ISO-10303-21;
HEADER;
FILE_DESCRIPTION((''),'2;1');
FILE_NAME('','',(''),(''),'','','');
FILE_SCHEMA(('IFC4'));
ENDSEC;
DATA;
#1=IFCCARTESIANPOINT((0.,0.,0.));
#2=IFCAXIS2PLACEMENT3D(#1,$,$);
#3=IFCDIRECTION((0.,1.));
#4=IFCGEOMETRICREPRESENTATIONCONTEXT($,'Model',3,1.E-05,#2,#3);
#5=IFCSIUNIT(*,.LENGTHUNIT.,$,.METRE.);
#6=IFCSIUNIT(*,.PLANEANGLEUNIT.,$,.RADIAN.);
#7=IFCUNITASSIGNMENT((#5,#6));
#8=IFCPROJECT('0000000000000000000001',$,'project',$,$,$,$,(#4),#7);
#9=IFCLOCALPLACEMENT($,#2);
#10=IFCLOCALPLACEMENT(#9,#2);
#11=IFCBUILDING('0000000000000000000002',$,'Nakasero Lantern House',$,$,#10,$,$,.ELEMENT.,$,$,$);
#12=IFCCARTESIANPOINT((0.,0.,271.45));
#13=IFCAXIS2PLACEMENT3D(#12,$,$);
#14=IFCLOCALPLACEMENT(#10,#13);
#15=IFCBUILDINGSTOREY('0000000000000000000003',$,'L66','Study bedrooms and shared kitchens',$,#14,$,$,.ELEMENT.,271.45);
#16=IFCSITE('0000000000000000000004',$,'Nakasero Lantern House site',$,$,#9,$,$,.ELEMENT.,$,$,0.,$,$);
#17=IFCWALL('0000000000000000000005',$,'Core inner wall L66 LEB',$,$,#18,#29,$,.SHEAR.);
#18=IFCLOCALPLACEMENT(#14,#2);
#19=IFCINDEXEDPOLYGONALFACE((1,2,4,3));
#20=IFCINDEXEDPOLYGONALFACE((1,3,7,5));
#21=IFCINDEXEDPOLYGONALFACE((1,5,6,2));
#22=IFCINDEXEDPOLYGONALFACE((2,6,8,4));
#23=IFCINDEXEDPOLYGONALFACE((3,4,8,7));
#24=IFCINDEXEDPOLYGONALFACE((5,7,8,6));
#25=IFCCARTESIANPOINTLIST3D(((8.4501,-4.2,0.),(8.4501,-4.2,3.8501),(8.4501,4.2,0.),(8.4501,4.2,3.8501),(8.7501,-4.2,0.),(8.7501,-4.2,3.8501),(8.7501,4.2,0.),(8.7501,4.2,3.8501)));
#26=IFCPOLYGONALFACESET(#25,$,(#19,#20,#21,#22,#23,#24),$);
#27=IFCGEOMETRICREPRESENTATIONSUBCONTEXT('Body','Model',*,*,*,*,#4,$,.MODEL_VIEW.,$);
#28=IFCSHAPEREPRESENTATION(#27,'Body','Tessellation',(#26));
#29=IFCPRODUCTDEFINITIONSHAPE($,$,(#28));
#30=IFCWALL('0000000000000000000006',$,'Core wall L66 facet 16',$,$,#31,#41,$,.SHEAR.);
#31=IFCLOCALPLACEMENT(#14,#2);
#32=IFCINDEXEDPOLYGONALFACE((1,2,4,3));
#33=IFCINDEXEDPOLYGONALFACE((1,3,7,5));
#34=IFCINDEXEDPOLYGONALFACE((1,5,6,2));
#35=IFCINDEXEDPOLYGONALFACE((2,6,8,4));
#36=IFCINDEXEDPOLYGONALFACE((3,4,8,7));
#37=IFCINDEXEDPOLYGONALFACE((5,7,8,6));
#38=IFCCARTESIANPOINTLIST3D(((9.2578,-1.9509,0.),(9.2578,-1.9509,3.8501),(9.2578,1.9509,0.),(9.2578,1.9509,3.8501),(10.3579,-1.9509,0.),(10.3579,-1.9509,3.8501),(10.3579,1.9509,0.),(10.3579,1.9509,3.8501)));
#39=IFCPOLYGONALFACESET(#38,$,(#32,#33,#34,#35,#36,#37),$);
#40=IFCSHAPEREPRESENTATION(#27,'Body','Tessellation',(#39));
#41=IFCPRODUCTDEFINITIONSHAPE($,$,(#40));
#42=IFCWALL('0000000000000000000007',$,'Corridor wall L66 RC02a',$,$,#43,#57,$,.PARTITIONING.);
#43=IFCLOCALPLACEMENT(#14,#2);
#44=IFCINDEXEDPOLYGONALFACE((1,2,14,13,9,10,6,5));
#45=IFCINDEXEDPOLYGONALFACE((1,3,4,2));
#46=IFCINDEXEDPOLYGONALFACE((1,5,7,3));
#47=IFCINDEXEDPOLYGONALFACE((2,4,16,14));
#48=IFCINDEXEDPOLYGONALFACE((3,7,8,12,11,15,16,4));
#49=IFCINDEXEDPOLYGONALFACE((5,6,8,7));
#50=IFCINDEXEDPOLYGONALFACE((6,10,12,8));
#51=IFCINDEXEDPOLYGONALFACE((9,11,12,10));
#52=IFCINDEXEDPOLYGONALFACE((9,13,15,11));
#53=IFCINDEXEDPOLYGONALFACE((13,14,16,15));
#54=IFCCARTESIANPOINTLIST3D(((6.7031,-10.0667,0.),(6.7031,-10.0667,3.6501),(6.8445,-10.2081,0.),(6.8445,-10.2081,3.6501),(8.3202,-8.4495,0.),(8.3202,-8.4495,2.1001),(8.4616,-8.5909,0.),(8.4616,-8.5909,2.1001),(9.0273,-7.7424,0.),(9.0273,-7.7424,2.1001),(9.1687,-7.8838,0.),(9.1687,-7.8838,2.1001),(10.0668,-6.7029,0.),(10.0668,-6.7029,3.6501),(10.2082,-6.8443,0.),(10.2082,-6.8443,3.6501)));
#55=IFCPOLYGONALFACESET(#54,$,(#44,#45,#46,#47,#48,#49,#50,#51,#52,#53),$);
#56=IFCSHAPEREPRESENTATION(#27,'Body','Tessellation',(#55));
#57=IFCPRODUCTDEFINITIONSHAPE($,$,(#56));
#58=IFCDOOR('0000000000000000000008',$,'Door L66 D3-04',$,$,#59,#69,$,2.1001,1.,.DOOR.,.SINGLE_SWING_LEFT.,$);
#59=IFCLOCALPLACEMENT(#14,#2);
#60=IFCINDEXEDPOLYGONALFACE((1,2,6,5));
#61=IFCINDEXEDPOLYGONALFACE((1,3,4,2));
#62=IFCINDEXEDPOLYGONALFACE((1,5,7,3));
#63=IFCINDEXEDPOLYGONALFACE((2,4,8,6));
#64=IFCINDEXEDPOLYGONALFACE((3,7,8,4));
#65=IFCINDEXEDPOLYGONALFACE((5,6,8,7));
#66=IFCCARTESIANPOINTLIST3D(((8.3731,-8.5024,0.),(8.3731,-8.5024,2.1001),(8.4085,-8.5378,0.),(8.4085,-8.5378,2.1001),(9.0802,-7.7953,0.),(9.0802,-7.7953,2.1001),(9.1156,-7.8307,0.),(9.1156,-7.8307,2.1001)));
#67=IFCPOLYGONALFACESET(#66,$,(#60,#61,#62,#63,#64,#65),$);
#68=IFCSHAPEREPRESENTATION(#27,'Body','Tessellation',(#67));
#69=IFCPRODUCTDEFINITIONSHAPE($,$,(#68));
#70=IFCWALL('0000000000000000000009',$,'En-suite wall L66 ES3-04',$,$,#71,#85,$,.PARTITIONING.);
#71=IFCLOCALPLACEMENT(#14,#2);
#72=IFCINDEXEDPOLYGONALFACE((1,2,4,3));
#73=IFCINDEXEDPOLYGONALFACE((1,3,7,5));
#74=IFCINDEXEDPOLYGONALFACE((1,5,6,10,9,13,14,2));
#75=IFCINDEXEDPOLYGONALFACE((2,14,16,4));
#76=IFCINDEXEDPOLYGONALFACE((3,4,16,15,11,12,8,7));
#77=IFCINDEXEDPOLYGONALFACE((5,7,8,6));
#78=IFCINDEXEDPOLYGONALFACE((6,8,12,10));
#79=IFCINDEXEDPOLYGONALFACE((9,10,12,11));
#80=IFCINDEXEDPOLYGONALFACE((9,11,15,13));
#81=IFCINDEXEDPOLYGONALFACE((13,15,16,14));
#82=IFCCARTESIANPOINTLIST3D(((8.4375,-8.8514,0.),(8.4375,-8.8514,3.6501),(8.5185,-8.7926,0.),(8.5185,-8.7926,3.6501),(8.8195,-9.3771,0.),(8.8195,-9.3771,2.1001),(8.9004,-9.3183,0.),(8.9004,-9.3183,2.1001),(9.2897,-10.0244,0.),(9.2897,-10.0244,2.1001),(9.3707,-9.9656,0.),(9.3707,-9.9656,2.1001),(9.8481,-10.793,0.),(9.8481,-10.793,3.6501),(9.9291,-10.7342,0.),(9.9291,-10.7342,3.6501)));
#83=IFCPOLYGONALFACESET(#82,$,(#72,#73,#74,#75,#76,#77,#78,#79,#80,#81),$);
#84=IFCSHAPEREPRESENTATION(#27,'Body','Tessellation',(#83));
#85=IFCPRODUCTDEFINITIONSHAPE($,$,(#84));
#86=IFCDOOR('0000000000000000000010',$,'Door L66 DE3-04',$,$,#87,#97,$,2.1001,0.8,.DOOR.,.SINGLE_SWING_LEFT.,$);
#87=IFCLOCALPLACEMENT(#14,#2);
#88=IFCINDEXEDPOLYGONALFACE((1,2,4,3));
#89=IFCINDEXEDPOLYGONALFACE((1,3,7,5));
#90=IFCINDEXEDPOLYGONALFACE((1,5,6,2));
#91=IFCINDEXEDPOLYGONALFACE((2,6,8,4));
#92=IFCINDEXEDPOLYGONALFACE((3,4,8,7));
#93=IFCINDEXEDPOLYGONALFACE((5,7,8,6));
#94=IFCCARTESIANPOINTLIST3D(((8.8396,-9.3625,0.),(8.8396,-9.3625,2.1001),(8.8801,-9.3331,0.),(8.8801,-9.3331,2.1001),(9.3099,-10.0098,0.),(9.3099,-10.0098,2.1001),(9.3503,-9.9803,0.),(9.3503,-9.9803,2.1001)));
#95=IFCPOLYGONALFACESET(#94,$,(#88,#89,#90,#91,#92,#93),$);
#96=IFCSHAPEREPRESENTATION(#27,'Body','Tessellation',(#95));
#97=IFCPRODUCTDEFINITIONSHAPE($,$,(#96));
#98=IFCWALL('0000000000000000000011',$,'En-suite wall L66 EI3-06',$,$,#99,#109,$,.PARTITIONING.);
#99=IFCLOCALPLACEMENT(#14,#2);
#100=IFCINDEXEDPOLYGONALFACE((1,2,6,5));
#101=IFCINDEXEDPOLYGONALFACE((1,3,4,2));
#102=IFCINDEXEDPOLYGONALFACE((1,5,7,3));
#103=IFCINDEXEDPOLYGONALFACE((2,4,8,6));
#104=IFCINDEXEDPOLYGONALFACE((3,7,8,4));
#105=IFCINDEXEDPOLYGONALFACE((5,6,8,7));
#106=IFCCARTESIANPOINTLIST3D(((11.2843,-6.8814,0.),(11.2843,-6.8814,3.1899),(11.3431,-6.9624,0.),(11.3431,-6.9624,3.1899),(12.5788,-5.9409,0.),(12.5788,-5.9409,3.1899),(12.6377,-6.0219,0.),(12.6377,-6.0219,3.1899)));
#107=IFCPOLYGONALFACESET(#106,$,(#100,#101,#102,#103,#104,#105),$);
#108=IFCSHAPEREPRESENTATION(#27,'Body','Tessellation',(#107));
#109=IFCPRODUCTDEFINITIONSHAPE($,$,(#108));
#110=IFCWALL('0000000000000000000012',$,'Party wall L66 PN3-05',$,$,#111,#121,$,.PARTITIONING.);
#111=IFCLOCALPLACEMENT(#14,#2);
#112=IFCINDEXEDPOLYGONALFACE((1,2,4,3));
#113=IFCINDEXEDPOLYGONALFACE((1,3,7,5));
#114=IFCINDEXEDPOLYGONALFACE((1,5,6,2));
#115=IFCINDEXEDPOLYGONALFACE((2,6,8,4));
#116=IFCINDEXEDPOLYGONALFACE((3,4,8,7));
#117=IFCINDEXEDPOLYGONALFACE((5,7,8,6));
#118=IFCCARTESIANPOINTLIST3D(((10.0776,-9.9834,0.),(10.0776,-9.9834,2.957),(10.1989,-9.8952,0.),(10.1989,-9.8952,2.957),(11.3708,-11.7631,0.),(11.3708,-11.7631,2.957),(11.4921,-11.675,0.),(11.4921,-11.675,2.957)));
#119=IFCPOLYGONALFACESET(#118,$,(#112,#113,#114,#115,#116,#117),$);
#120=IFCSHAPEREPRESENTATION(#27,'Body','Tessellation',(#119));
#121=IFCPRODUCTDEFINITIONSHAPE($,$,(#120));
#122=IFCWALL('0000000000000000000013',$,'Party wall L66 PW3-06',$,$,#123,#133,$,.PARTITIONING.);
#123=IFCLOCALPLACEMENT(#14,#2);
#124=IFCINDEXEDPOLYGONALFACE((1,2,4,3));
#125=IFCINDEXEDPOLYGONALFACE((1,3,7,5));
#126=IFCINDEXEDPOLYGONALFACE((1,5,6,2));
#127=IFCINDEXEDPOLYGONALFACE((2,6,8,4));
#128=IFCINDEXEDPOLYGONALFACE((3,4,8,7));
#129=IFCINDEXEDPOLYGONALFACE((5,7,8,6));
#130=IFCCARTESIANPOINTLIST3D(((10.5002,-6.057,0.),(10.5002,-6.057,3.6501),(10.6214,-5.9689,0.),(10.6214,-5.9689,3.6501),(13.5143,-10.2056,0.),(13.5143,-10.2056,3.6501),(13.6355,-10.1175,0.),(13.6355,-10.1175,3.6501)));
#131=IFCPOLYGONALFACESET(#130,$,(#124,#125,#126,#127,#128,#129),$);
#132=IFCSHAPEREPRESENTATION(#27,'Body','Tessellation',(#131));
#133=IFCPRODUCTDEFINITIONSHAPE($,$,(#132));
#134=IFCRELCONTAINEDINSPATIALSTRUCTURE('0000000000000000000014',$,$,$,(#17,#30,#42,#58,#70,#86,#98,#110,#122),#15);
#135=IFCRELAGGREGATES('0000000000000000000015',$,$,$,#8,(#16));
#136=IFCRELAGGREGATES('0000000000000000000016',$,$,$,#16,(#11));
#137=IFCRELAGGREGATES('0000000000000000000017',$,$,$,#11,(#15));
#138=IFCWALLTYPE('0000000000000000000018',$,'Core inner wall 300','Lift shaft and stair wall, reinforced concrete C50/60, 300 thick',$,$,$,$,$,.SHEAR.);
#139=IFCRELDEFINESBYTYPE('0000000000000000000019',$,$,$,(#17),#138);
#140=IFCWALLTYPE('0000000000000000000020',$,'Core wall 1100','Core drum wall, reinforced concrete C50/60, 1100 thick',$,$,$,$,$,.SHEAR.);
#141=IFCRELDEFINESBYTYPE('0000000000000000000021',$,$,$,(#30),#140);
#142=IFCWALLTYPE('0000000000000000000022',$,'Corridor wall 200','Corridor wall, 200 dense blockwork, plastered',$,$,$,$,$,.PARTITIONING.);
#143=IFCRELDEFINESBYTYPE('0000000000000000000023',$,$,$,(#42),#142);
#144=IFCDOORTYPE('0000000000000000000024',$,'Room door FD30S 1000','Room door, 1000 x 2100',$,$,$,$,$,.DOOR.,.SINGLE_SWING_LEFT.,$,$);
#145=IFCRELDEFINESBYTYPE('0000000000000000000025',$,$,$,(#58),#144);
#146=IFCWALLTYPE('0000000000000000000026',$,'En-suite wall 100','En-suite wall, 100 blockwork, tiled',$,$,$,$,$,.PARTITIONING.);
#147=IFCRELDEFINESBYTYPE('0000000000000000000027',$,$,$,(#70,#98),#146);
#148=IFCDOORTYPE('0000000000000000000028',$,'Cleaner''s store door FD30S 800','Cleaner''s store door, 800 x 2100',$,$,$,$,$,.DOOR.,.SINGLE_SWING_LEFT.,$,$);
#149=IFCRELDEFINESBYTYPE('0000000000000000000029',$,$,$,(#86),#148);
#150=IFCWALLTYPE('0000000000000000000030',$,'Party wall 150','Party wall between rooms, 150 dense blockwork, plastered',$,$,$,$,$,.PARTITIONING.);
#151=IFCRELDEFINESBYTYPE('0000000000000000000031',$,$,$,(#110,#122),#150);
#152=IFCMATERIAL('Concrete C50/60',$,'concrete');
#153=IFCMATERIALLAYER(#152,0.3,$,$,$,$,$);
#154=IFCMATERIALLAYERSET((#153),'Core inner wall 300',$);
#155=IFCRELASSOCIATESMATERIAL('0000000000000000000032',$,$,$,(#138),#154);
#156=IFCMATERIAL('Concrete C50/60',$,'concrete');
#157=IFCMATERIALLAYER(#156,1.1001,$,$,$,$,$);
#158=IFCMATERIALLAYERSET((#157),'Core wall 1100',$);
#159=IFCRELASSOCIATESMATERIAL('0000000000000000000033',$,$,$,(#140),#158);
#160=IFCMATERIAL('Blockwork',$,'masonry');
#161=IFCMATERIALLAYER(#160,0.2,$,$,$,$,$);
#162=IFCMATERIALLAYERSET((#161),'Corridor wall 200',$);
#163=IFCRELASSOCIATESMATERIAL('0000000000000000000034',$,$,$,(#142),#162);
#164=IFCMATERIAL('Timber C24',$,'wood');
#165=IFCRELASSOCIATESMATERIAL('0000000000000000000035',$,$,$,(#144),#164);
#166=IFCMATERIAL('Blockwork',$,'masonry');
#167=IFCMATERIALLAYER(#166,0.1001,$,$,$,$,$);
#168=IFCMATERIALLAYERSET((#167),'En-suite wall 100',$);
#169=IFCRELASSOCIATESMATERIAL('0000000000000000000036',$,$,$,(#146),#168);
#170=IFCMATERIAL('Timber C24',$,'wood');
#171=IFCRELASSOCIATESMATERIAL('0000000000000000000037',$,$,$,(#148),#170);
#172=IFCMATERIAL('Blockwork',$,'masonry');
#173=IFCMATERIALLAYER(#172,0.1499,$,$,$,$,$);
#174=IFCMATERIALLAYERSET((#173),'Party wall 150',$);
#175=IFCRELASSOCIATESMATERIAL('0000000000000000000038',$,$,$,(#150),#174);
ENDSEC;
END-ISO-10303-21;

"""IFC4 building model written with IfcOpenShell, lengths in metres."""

from ifc_helpers import new_model, si_unit, direction, frame, frame_2d, origin, place, context, subcontext, project, spatial, rectangle, extrude, material, layer, layer_set, type_object, element, fill, save


model = new_model("IFC4")

# Units and contexts
model_context = context("Model", 3, precision=1e-05, world=origin(), true_north=direction((0.0, 1.0)))
body_context = subcontext(model_context, "Body", "Model", "MODEL_VIEW")
ifc_project = project(units=[si_unit("LENGTHUNIT", "METRE"), si_unit("PLANEANGLEUNIT", "RADIAN")], contexts=[model_context])

# Site, building, storey
site_placement = place(None, origin())
site = spatial("IfcSite", under=ifc_project, at=site_placement, Name="Nakasero Lantern House site", CompositionType="ELEMENT", RefElevation=0.0)
building_placement = place(site_placement, origin())
building = spatial("IfcBuilding", under=site, at=building_placement, Name="Nakasero Lantern House", CompositionType="ELEMENT")
storey_placement = place(building_placement, frame((0.0, 0.0, 271.45)))
storey = spatial("IfcBuildingStorey", under=building, at=storey_placement, Name="L66", Description="Study bedrooms and shared kitchens", CompositionType="ELEMENT", Elevation=271.45)

# Walls
ifc_material_1 = material(Name="Concrete C50/60", Category="concrete")
ifc_layer_1 = layer(ifc_material_1, 0.3)
ifc_layer_set_1 = layer_set([ifc_layer_1], Name="Core inner wall 300")
wall_type_1 = type_object("IfcWallType", Name="Core inner wall 300", Description="Lift shaft and stair wall, reinforced concrete C50/60, 300 thick", PredefinedType="SHEAR", material=ifc_layer_set_1)
wall_1_placement = place(storey_placement, frame((8.6001, -4.2, 0.0), z_axis=(0.0, 0.0, 1.0), x_axis=(0.0, 1.0, 0.0)))
element("IfcWall", 1, at=wall_1_placement, inside=storey, type_object=wall_type_1, Name="Core inner wall L66 LEB", PredefinedType="SHEAR", context=body_context, shape_type="SweptSolid", body=[
    extrude(rectangle(XDim=8.3999, YDim=0.3, at=frame_2d((4.2, 0.0))), origin(), (0.0, 0.0, 1.0), 3.8501),
])
ifc_material_2 = material(Name="Concrete C50/60", Category="concrete")
ifc_layer_2 = layer(ifc_material_2, 1.1001)
ifc_layer_set_2 = layer_set([ifc_layer_2], Name="Core wall 1100")
wall_type_2 = type_object("IfcWallType", Name="Core wall 1100", Description="Core drum wall, reinforced concrete C50/60, 1100 thick", PredefinedType="SHEAR", material=ifc_layer_set_2)
wall_2_placement = place(storey_placement, frame((9.8079, -1.9509, 0.0), z_axis=(0.0, 0.0, 1.0), x_axis=(0.0, 1.0, 0.0)))
element("IfcWall", 2, at=wall_2_placement, inside=storey, type_object=wall_type_2, Name="Core wall L66 facet 16", PredefinedType="SHEAR", context=body_context, shape_type="SweptSolid", body=[
    extrude(rectangle(XDim=3.9019, YDim=1.1001, at=frame_2d((1.9509, 0.0))), origin(), (0.0, 0.0, 1.0), 3.8501),
])

# Walls, openings, doors
ifc_material_3 = material(Name="Blockwork", Category="masonry")
ifc_layer_3 = layer(ifc_material_3, 0.2)
ifc_layer_set_3 = layer_set([ifc_layer_3], Name="Corridor wall 200")
wall_type_3 = type_object("IfcWallType", Name="Corridor wall 200", Description="Corridor wall, 200 dense blockwork, plastered", PredefinedType="PARTITIONING", material=ifc_layer_set_3)
wall_3_placement = place(storey_placement, frame((10.1375, -6.7737, 0.0), z_axis=(0.0, 0.0, 1.0), x_axis=(-0.707107, -0.707107, 0.0)))
wall_3 = element("IfcWall", 3, at=wall_3_placement, inside=storey, type_object=wall_type_3, Name="Corridor wall L66 RC02a", PredefinedType="PARTITIONING", context=body_context, shape_type="SweptSolid", body=[
    extrude(rectangle(XDim=4.7571, YDim=0.2, at=frame_2d((2.3784, 0.0))), origin(), (0.0, 0.0, 1.0), 3.6501),
])
opening_1_placement = place(wall_3_placement, frame((1.47, 0.0, 0.0)))
opening_1 = element("IfcOpeningElement", 4, at=opening_1_placement, cuts=wall_3, PredefinedType="OPENING", context=body_context, shape_type="SweptSolid", body=[
    extrude(rectangle(XDim=1.0, YDim=2.1001, at=frame_2d((0.5, 1.05))), frame((0.0, 0.1199, 0.0), z_axis=(0.0, -1.0, 0.0), x_axis=(1.0, 0.0, 0.0)), (0.0, 0.0, 1.0), 0.24),
])
ifc_material_4 = material(Name="Timber C24", Category="wood")
door_type_1 = type_object("IfcDoorType", Name="Room door FD30S 1000", Description="Room door, 1000 x 2100", OperationType="SINGLE_SWING_LEFT", PredefinedType="DOOR", material=ifc_material_4)
door_1_placement = place(opening_1_placement, origin())
door_1 = element("IfcDoor", 5, at=door_1_placement, inside=storey, type_object=door_type_1, Name="Door L66 D3-04", OperationType="SINGLE_SWING_LEFT", OverallHeight=2.1001, OverallWidth=1.0, PredefinedType="DOOR", context=body_context, shape_type="SweptSolid", body=[
    extrude(rectangle(XDim=1.0, YDim=2.1001, at=frame_2d((0.5, 1.05))), frame((0.0, 0.0249, 0.0), z_axis=(0.0, -1.0, 0.0), x_axis=(1.0, 0.0, 0.0)), (0.0, 0.0, 1.0), 0.05),
])
fill(opening_1, door_1)
ifc_material_5 = material(Name="Blockwork", Category="masonry")
ifc_layer_4 = layer(ifc_material_5, 0.1001)
ifc_layer_set_4 = layer_set([ifc_layer_4], Name="En-suite wall 100")
wall_type_4 = type_object("IfcWallType", Name="En-suite wall 100", Description="En-suite wall, 100 blockwork, tiled", PredefinedType="PARTITIONING", material=ifc_layer_set_4)
wall_4_placement = place(storey_placement, frame((8.478, -8.822, 0.0), z_axis=(0.0, 0.0, 1.0), x_axis=(0.587772, -0.809026, 0.0)))
wall_4 = element("IfcWall", 6, at=wall_4_placement, inside=storey, type_object=wall_type_4, Name="En-suite wall L66 ES3-04", PredefinedType="PARTITIONING", context=body_context, shape_type="SweptSolid", body=[
    extrude(rectangle(XDim=2.3999, YDim=0.1001, at=frame_2d((1.2, 0.0))), origin(), (0.0, 0.0, 1.0), 3.6501),
])
opening_2_placement = place(wall_4_placement, frame((0.6499, 0.0, 0.0)))
opening_2 = element("IfcOpeningElement", 7, at=opening_2_placement, cuts=wall_4, PredefinedType="OPENING", context=body_context, shape_type="SweptSolid", body=[
    extrude(rectangle(XDim=0.8, YDim=2.1001, at=frame_2d((0.3999, 1.05))), frame((0.0, 0.0701, 0.0), z_axis=(0.0, -1.0, 0.0), x_axis=(1.0, 0.0, 0.0)), (0.0, 0.0, 1.0), 0.1401),
])
ifc_material_6 = material(Name="Timber C24", Category="wood")
door_type_2 = type_object("IfcDoorType", Name="Cleaner's store door FD30S 800", Description="Cleaner's store door, 800 x 2100", OperationType="SINGLE_SWING_LEFT", PredefinedType="DOOR", material=ifc_material_6)
door_2_placement = place(opening_2_placement, origin())
door_2 = element("IfcDoor", 8, at=door_2_placement, inside=storey, type_object=door_type_2, Name="Door L66 DE3-04", OperationType="SINGLE_SWING_LEFT", OverallHeight=2.1001, OverallWidth=0.8, PredefinedType="DOOR", context=body_context, shape_type="SweptSolid", body=[
    extrude(rectangle(XDim=0.8, YDim=2.1001, at=frame_2d((0.3999, 1.05))), frame((0.0, 0.0249, 0.0), z_axis=(0.0, -1.0, 0.0), x_axis=(1.0, 0.0, 0.0)), (0.0, 0.0, 1.0), 0.05),
])
fill(opening_2, door_2)

# Walls
wall_5_placement = place(storey_placement, frame((11.3137, -6.9219, 0.0), z_axis=(0.0, 0.0, 1.0), x_axis=(0.809026, 0.587772, 0.0)))
element("IfcWall", 9, at=wall_5_placement, inside=storey, type_object=wall_type_4, Name="En-suite wall L66 EI3-06", PredefinedType="PARTITIONING", context=body_context, shape_type="SweptSolid", body=[
    extrude(rectangle(XDim=1.6001, YDim=0.1001, at=frame_2d((0.8, 0.0))), origin(), (0.0, 0.0, 1.0), 3.1899),
])
ifc_material_7 = material(Name="Blockwork", Category="masonry")
ifc_layer_5 = layer(ifc_material_7, 0.1499)
ifc_layer_set_5 = layer_set([ifc_layer_5], Name="Party wall 150")
wall_type_5 = type_object("IfcWallType", Name="Party wall 150", Description="Party wall between rooms, 150 dense blockwork, plastered", PredefinedType="PARTITIONING", material=ifc_layer_set_5)
wall_6_placement = place(storey_placement, frame((10.1382, -9.9392, 0.0), z_axis=(0.0, 0.0, 1.0), x_axis=(0.587822, -0.80899, 0.0)))
element("IfcWall", 10, at=wall_6_placement, inside=storey, type_object=wall_type_5, Name="Party wall L66 PN3-05", PredefinedType="PARTITIONING", context=body_context, shape_type="SweptSolid", body=[
    extrude(rectangle(XDim=2.2, YDim=0.1499, at=frame_2d((1.1001, 0.0))), origin(), (0.0, 0.0, 1.0), 2.957),
])
wall_7_placement = place(storey_placement, frame((10.5608, -6.0129, 0.0), z_axis=(0.0, 0.0, 1.0), x_axis=(0.587781, -0.80902, 0.0)))
element("IfcWall", 11, at=wall_7_placement, inside=storey, type_object=wall_type_5, Name="Party wall L66 PW3-06", PredefinedType="PARTITIONING", context=body_context, shape_type="SweptSolid", body=[
    extrude(rectangle(XDim=5.1279, YDim=0.1499, at=frame_2d((2.564, 0.0))), origin(), (0.0, 0.0, 1.0), 3.6501),
])

save(model, "model.ifc")
